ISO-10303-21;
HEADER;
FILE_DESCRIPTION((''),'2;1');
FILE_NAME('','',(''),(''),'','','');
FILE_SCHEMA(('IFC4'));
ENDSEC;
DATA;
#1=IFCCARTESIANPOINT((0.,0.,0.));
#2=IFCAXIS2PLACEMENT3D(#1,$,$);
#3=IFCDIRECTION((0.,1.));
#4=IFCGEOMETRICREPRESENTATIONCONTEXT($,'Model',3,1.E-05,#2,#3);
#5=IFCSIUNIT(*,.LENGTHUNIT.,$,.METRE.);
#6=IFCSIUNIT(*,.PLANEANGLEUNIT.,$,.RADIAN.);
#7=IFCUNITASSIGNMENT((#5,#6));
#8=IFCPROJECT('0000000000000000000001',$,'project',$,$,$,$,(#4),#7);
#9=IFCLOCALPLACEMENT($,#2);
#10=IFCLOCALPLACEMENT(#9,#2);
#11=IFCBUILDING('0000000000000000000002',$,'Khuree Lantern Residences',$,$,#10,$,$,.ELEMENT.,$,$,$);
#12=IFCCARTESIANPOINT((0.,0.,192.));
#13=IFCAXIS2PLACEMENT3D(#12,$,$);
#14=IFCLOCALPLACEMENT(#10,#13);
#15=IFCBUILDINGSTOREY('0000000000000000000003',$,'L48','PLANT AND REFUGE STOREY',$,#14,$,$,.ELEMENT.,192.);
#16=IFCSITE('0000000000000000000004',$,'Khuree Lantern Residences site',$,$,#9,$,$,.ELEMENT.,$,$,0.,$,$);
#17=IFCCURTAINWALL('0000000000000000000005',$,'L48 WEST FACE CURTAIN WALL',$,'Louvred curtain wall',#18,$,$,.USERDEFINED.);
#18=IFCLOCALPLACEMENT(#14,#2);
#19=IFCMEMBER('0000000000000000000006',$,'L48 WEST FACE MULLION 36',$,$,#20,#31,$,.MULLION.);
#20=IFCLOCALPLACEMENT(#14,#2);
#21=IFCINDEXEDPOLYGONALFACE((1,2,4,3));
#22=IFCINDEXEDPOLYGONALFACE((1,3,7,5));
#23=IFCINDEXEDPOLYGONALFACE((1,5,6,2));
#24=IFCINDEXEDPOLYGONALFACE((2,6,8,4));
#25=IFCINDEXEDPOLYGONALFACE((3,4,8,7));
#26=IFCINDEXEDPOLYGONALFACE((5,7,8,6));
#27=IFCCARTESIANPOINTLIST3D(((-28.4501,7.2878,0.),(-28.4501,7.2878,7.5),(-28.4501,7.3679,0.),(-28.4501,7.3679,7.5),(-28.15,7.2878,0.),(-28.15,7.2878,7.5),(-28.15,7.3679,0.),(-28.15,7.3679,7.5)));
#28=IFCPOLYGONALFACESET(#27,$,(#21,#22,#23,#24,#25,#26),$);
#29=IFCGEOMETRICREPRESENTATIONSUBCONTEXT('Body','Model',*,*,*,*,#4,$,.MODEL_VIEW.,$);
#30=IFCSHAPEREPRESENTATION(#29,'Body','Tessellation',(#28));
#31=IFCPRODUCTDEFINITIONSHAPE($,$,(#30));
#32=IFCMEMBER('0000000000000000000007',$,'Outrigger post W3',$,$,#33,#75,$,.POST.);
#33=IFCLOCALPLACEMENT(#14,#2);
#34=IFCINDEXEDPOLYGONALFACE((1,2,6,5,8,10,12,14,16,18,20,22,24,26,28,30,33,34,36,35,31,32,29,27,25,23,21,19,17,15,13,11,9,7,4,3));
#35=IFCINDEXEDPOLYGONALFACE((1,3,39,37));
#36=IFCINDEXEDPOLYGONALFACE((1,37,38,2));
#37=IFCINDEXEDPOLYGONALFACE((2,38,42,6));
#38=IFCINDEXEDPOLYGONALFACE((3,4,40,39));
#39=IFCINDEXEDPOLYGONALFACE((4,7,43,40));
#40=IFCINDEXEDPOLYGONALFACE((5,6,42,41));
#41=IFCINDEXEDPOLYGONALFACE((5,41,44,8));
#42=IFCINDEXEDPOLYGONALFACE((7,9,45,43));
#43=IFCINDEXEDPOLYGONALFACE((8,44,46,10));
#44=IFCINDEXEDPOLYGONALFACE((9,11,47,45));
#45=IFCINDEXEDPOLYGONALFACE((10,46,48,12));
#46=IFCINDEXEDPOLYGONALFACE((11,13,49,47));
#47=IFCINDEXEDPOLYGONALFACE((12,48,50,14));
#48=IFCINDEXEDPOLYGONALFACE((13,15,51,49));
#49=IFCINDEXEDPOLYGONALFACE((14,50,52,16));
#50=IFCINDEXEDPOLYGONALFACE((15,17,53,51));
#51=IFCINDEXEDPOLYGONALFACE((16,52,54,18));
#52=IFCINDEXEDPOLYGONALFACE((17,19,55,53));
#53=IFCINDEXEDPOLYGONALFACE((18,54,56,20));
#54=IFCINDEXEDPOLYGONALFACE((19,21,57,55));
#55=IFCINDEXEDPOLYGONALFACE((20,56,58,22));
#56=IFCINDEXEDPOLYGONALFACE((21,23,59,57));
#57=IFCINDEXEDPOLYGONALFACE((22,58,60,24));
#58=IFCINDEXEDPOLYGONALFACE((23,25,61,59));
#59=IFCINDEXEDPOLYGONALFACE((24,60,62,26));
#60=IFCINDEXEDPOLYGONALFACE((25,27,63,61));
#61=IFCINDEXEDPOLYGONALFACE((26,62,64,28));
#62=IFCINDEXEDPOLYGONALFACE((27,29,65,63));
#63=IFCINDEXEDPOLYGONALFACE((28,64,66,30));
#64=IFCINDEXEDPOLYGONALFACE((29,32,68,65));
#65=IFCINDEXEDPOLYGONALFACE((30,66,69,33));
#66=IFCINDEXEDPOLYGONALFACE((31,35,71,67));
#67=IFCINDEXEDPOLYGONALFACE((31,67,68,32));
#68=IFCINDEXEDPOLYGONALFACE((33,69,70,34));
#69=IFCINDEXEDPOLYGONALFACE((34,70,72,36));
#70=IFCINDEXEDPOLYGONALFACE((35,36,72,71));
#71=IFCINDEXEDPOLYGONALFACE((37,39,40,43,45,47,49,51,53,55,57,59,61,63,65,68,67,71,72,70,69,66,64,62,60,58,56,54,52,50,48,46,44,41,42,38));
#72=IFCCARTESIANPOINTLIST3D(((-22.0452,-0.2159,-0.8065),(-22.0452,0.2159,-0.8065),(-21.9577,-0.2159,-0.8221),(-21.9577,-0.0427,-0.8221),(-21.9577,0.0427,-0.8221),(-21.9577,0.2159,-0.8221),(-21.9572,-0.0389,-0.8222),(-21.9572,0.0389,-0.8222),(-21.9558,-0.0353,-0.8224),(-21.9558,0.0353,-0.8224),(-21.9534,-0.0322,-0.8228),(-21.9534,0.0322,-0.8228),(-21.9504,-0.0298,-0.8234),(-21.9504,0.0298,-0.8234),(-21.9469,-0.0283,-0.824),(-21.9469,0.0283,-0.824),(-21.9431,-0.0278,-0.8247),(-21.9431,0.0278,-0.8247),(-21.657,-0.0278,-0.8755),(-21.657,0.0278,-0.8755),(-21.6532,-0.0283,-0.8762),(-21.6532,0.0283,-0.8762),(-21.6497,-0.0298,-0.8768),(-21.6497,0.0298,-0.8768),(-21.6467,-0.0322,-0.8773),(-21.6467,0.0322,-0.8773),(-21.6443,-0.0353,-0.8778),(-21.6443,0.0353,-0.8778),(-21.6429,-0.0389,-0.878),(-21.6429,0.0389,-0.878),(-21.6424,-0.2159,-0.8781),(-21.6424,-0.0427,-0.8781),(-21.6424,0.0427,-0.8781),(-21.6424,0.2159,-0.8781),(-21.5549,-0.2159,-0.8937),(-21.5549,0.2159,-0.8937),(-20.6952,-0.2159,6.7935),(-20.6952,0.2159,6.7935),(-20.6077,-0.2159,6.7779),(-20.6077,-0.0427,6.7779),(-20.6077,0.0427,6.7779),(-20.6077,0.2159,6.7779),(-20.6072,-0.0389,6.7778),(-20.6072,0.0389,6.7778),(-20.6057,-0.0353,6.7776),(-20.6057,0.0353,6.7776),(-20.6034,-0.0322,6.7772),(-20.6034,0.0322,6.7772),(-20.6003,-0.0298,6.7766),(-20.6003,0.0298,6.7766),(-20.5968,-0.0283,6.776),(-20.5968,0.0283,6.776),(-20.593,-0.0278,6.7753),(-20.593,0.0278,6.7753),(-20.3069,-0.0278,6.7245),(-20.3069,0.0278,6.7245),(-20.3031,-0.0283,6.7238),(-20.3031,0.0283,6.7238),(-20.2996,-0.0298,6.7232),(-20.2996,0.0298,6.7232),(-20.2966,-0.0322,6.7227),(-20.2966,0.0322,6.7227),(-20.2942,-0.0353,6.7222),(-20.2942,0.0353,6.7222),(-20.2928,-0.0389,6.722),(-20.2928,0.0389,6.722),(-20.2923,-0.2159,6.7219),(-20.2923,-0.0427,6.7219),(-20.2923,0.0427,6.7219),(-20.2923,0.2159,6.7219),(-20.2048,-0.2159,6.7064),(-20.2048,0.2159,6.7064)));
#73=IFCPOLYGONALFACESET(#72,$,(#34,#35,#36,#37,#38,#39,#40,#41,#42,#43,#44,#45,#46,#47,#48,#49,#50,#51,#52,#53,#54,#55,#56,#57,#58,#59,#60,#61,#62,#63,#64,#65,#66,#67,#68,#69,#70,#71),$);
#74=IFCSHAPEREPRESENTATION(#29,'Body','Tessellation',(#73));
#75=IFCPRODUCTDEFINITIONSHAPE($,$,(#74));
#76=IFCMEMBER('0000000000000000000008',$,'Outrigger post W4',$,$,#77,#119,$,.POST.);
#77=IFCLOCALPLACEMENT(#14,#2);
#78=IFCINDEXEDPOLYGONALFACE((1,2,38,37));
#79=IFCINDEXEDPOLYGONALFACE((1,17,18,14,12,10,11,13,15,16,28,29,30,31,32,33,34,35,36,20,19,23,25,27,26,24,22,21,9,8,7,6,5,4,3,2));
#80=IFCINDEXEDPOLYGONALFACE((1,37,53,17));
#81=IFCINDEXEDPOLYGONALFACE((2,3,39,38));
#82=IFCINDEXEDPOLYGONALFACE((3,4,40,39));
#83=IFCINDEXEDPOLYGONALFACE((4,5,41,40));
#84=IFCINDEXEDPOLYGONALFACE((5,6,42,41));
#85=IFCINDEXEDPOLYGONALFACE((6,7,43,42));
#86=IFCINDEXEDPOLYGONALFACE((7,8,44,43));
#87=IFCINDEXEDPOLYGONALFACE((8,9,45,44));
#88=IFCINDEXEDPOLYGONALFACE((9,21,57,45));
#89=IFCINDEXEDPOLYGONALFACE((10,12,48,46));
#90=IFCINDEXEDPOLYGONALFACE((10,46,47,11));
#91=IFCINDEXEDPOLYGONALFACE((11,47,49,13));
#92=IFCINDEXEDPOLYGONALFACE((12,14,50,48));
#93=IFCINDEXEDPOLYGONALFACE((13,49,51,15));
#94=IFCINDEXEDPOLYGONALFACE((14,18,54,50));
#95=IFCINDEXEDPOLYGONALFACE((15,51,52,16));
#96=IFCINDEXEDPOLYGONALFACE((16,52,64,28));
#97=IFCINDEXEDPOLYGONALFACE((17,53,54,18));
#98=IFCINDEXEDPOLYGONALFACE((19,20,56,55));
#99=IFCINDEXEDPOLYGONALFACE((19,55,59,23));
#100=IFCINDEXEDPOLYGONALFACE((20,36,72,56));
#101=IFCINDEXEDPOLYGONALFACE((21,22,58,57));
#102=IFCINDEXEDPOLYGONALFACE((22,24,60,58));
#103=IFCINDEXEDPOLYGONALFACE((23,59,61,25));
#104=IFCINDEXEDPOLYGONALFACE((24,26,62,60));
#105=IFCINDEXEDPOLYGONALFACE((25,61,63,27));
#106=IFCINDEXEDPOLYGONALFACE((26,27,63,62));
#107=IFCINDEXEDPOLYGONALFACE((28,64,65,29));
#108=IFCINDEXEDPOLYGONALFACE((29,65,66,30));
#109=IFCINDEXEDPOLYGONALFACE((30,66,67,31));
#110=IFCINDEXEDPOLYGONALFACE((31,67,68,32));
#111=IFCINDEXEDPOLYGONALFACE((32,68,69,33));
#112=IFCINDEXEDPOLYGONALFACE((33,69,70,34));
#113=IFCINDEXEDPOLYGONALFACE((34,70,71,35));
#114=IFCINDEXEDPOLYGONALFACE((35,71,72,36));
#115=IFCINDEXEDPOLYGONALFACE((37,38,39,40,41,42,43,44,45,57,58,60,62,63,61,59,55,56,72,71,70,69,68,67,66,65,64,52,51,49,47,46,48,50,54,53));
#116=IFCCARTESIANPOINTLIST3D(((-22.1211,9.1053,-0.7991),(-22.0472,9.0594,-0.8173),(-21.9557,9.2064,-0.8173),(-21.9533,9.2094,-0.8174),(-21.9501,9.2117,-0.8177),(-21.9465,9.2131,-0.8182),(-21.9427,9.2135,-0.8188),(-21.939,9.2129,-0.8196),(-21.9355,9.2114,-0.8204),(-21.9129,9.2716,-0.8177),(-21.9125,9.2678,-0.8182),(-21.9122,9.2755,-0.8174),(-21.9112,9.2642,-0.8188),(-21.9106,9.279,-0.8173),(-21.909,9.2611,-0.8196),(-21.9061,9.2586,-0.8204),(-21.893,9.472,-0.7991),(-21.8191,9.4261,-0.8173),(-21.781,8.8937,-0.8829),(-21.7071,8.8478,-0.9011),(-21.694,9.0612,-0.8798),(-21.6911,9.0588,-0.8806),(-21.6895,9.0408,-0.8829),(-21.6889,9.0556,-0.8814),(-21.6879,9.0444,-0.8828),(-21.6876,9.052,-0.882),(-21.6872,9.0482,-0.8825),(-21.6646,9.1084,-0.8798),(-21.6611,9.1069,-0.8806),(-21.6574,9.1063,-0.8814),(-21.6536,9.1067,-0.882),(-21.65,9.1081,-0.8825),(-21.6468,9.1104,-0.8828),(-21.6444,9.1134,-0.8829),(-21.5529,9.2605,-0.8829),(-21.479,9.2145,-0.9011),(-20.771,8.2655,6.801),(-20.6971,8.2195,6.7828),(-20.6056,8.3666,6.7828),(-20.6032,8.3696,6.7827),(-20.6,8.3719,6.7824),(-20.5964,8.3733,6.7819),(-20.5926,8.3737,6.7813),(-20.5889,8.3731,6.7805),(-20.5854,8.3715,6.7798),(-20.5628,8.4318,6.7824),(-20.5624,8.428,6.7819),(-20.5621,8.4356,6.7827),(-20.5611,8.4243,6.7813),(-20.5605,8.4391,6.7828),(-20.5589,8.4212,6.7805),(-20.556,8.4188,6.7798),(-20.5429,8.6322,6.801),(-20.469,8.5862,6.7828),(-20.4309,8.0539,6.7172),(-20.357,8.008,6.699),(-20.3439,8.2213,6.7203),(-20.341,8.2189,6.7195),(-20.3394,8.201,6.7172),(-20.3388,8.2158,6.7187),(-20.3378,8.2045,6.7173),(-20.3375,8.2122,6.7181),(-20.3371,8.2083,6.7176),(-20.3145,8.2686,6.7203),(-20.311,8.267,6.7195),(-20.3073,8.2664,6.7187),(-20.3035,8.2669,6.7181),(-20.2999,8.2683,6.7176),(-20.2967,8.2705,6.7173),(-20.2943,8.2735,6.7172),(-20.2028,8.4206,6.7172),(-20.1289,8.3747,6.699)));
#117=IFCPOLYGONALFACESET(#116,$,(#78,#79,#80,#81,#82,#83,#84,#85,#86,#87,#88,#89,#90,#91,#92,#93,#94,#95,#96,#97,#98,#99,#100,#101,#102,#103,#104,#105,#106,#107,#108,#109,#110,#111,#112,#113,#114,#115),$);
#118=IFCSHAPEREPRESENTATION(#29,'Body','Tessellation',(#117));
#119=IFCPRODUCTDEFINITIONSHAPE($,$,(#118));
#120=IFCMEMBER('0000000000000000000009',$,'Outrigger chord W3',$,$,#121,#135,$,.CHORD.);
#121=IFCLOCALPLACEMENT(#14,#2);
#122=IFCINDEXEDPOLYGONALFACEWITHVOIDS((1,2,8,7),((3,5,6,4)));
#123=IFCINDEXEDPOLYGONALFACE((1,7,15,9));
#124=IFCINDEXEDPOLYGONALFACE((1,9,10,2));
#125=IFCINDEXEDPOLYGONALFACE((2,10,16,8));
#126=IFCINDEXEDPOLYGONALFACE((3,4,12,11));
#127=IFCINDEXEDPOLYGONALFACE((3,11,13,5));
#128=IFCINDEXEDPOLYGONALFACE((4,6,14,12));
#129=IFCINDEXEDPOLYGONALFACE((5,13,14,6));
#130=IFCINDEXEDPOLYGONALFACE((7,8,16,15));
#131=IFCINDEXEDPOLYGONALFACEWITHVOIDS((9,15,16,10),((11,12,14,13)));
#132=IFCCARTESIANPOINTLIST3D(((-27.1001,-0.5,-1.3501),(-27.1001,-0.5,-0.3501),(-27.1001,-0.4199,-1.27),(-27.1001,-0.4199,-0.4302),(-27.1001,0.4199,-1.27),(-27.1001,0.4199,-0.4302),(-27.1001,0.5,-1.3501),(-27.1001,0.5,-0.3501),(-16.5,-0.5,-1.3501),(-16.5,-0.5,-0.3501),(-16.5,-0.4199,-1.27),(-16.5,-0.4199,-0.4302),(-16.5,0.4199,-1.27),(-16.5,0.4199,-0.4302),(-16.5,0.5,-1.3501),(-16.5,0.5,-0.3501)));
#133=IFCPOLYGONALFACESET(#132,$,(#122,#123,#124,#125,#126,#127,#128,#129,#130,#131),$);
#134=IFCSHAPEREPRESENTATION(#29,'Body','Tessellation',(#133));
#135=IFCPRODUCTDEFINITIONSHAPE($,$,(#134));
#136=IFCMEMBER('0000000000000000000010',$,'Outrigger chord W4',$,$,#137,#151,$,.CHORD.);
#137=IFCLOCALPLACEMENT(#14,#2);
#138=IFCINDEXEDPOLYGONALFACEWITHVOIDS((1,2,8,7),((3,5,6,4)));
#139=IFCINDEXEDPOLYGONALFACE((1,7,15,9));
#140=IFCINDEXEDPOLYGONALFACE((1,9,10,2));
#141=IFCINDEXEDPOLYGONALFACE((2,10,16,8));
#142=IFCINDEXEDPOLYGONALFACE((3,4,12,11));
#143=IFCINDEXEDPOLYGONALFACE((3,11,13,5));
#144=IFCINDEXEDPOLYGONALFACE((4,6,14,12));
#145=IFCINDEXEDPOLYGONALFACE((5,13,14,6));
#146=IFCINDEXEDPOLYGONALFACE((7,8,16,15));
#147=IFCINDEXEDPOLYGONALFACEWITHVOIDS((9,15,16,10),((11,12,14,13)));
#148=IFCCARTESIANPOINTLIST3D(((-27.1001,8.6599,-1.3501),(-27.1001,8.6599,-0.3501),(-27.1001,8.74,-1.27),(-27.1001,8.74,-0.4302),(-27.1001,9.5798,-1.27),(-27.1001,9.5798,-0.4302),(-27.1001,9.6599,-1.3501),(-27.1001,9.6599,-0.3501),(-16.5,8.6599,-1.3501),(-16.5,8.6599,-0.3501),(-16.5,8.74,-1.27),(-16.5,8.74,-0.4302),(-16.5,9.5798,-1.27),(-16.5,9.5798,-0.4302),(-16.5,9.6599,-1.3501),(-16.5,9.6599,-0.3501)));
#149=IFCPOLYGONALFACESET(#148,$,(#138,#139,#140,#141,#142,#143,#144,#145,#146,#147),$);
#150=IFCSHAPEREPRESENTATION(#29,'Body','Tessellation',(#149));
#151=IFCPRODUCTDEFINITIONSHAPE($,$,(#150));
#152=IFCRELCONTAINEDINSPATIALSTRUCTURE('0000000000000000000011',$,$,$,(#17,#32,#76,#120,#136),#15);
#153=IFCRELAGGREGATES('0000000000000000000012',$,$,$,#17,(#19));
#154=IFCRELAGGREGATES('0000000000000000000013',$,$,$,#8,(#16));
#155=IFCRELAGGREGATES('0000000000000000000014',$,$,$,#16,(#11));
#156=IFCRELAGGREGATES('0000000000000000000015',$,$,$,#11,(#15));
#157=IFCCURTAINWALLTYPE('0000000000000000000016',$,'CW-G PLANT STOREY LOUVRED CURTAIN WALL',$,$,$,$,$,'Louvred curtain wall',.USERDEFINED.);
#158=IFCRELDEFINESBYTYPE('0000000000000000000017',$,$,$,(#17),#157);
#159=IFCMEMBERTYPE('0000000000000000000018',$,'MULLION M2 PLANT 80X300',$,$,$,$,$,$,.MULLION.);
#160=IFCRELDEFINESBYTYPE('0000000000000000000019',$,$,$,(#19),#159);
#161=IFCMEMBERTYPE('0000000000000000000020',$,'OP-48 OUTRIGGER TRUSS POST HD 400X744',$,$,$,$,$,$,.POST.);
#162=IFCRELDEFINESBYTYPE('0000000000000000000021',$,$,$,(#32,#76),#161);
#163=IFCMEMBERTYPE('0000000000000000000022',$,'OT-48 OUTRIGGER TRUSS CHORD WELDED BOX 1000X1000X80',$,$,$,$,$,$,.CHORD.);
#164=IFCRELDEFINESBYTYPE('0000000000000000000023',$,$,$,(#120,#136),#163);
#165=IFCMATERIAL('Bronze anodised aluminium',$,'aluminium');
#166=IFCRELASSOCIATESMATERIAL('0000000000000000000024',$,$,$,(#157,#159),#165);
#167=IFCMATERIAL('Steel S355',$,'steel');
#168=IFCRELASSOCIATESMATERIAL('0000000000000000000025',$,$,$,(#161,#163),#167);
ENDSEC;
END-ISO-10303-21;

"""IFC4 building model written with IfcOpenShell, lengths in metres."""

from ifc_helpers import new_model, si_unit, direction, frame, origin, origin_2d, place, context, subcontext, project, spatial, rectangle, hollow_rectangle, i_section, extrude, material, material_profile, profile_set, type_object, element, aggregate, save


model = new_model("IFC4")

# Units and contexts
model_context = context("Model", 3, precision=1e-05, world=origin(), true_north=direction((0.0, 1.0)))
body_context = subcontext(model_context, "Body", "Model", "MODEL_VIEW")
ifc_project = project(units=[si_unit("LENGTHUNIT", "METRE"), si_unit("PLANEANGLEUNIT", "RADIAN")], contexts=[model_context])

# Site, building, storey
site_placement = place(None, origin())
site = spatial("IfcSite", under=ifc_project, at=site_placement, Name="Khuree Lantern Residences site", CompositionType="ELEMENT", RefElevation=0.0)
building_placement = place(site_placement, origin())
building = spatial("IfcBuilding", under=site, at=building_placement, Name="Khuree Lantern Residences", CompositionType="ELEMENT")
storey_placement = place(building_placement, frame((0.0, 0.0, 192.0)))
storey = spatial("IfcBuildingStorey", under=building, at=storey_placement, Name="L48", Description="PLANT AND REFUGE STOREY", CompositionType="ELEMENT", Elevation=192.0)

# Shared definitions
ifc_material_1 = material(Name="Steel S355", Category="steel")

# Curtain wall, member
ifc_material_2 = material(Name="Bronze anodised aluminium", Category="aluminium")
curtain_wall_type = type_object("IfcCurtainWallType", Name="CW-G PLANT STOREY LOUVRED CURTAIN WALL", ElementType="Louvred curtain wall", PredefinedType="USERDEFINED", material=ifc_material_2)
curtain_wall_placement = place(storey_placement, origin())
curtain_wall = element("IfcCurtainWall", 1, at=curtain_wall_placement, inside=storey, type_object=curtain_wall_type, Name="L48 WEST FACE CURTAIN WALL", ObjectType="Louvred curtain wall", PredefinedType="USERDEFINED")
ifc_material_profile_1 = material_profile(ifc_material_2, rectangle(XDim=0.0801, YDim=0.3, at=origin_2d()), Name="M2 80X300")
ifc_profile_set_1 = profile_set([ifc_material_profile_1], Name="Bronze anodised aluminium")
member_type_1 = type_object("IfcMemberType", Name="MULLION M2 PLANT 80X300", PredefinedType="MULLION", material=ifc_profile_set_1)
member_1_placement = place(storey_placement, frame((-28.3, 7.3279, 0.0), z_axis=(0.0, 0.0, 1.0), x_axis=(0.0, -1.0, 0.0)))
member_1 = element("IfcMember", 2, at=member_1_placement, type_object=member_type_1, Name="L48 WEST FACE MULLION 36", PredefinedType="MULLION", context=body_context, shape_type="SweptSolid", body=[
    extrude(rectangle(XDim=0.0801, YDim=0.3, at=origin_2d()), origin(), (0.0, 0.0, 1.0), 7.5),
])

# Members
ifc_material_profile_2 = material_profile(ifc_material_1, i_section(OverallWidth=0.4319, OverallDepth=0.498, WebThickness=0.0557, FlangeThickness=0.0889, FilletRadius=0.0149, at=origin_2d()), Name="HD 400X744")
ifc_profile_set_2 = profile_set([ifc_material_profile_2], Name="Steel S355")
member_type_2 = type_object("IfcMemberType", Name="OP-48 OUTRIGGER TRUSS POST HD 400X744", PredefinedType="POST", material=ifc_profile_set_2)
member_2_placement = place(storey_placement, frame((-21.8, 0.0, -0.8501), z_axis=(0.174904, 0.0, 0.984586), x_axis=(0.0, 1.0, 0.0)))
element("IfcMember", 3, at=member_2_placement, inside=storey, type_object=member_type_2, Name="Outrigger post W3", PredefinedType="POST", context=body_context, shape_type="SweptSolid", body=[
    extrude(i_section(OverallWidth=0.4319, OverallDepth=0.498, WebThickness=0.0557, FlangeThickness=0.0889, FilletRadius=0.0149, at=origin_2d()), origin(), (0.0, 0.0, 1.0), 7.719),
])
member_3_placement = place(storey_placement, frame((-21.8, 9.1599, -0.8501), z_axis=(0.173878, -0.108163, 0.978809), x_axis=(0.528203, 0.849118, 0.0)))
element("IfcMember", 4, at=member_3_placement, inside=storey, type_object=member_type_2, Name="Outrigger post W4", PredefinedType="POST", context=body_context, shape_type="SweptSolid", body=[
    extrude(i_section(OverallWidth=0.4319, OverallDepth=0.498, WebThickness=0.0557, FlangeThickness=0.0889, FilletRadius=0.0149, at=origin_2d()), origin(), (0.0, 0.0, 1.0), 7.7646),
])
ifc_material_profile_3 = material_profile(ifc_material_1, hollow_rectangle(XDim=1.0, YDim=1.0, WallThickness=0.0801, at=origin_2d()), Name="WELDED BOX 1000X1000X80")
ifc_profile_set_3 = profile_set([ifc_material_profile_3], Name="Steel S355")
member_type_3 = type_object("IfcMemberType", Name="OT-48 OUTRIGGER TRUSS CHORD WELDED BOX 1000X1000X80", PredefinedType="CHORD", material=ifc_profile_set_3)
for number, where, z_axis, x_axis, name in (
    (5, (-27.1001, 0.0, -0.8501), (1.0, 0.0, 0.0), (0.0, 1.0, 0.0), "Outrigger chord W3"),
    (6, (-27.1001, 9.1599, -0.8501), (1.0, 0.0, 0.0), (0.0, 1.0, 0.0), "Outrigger chord W4"),
):
    element("IfcMember", number, at=place(storey_placement, frame(where, z_axis=z_axis, x_axis=x_axis)), inside=storey, type_object=member_type_3, Name=name, PredefinedType="CHORD", context=body_context, shape_type="SweptSolid", body=[
        extrude(hollow_rectangle(XDim=1.0, YDim=1.0, WallThickness=0.0801, at=origin_2d()), origin(), (0.0, 0.0, 1.0), 10.6001),
    ])

aggregate(curtain_wall, [member_1])

save(model, "model.ifc")
